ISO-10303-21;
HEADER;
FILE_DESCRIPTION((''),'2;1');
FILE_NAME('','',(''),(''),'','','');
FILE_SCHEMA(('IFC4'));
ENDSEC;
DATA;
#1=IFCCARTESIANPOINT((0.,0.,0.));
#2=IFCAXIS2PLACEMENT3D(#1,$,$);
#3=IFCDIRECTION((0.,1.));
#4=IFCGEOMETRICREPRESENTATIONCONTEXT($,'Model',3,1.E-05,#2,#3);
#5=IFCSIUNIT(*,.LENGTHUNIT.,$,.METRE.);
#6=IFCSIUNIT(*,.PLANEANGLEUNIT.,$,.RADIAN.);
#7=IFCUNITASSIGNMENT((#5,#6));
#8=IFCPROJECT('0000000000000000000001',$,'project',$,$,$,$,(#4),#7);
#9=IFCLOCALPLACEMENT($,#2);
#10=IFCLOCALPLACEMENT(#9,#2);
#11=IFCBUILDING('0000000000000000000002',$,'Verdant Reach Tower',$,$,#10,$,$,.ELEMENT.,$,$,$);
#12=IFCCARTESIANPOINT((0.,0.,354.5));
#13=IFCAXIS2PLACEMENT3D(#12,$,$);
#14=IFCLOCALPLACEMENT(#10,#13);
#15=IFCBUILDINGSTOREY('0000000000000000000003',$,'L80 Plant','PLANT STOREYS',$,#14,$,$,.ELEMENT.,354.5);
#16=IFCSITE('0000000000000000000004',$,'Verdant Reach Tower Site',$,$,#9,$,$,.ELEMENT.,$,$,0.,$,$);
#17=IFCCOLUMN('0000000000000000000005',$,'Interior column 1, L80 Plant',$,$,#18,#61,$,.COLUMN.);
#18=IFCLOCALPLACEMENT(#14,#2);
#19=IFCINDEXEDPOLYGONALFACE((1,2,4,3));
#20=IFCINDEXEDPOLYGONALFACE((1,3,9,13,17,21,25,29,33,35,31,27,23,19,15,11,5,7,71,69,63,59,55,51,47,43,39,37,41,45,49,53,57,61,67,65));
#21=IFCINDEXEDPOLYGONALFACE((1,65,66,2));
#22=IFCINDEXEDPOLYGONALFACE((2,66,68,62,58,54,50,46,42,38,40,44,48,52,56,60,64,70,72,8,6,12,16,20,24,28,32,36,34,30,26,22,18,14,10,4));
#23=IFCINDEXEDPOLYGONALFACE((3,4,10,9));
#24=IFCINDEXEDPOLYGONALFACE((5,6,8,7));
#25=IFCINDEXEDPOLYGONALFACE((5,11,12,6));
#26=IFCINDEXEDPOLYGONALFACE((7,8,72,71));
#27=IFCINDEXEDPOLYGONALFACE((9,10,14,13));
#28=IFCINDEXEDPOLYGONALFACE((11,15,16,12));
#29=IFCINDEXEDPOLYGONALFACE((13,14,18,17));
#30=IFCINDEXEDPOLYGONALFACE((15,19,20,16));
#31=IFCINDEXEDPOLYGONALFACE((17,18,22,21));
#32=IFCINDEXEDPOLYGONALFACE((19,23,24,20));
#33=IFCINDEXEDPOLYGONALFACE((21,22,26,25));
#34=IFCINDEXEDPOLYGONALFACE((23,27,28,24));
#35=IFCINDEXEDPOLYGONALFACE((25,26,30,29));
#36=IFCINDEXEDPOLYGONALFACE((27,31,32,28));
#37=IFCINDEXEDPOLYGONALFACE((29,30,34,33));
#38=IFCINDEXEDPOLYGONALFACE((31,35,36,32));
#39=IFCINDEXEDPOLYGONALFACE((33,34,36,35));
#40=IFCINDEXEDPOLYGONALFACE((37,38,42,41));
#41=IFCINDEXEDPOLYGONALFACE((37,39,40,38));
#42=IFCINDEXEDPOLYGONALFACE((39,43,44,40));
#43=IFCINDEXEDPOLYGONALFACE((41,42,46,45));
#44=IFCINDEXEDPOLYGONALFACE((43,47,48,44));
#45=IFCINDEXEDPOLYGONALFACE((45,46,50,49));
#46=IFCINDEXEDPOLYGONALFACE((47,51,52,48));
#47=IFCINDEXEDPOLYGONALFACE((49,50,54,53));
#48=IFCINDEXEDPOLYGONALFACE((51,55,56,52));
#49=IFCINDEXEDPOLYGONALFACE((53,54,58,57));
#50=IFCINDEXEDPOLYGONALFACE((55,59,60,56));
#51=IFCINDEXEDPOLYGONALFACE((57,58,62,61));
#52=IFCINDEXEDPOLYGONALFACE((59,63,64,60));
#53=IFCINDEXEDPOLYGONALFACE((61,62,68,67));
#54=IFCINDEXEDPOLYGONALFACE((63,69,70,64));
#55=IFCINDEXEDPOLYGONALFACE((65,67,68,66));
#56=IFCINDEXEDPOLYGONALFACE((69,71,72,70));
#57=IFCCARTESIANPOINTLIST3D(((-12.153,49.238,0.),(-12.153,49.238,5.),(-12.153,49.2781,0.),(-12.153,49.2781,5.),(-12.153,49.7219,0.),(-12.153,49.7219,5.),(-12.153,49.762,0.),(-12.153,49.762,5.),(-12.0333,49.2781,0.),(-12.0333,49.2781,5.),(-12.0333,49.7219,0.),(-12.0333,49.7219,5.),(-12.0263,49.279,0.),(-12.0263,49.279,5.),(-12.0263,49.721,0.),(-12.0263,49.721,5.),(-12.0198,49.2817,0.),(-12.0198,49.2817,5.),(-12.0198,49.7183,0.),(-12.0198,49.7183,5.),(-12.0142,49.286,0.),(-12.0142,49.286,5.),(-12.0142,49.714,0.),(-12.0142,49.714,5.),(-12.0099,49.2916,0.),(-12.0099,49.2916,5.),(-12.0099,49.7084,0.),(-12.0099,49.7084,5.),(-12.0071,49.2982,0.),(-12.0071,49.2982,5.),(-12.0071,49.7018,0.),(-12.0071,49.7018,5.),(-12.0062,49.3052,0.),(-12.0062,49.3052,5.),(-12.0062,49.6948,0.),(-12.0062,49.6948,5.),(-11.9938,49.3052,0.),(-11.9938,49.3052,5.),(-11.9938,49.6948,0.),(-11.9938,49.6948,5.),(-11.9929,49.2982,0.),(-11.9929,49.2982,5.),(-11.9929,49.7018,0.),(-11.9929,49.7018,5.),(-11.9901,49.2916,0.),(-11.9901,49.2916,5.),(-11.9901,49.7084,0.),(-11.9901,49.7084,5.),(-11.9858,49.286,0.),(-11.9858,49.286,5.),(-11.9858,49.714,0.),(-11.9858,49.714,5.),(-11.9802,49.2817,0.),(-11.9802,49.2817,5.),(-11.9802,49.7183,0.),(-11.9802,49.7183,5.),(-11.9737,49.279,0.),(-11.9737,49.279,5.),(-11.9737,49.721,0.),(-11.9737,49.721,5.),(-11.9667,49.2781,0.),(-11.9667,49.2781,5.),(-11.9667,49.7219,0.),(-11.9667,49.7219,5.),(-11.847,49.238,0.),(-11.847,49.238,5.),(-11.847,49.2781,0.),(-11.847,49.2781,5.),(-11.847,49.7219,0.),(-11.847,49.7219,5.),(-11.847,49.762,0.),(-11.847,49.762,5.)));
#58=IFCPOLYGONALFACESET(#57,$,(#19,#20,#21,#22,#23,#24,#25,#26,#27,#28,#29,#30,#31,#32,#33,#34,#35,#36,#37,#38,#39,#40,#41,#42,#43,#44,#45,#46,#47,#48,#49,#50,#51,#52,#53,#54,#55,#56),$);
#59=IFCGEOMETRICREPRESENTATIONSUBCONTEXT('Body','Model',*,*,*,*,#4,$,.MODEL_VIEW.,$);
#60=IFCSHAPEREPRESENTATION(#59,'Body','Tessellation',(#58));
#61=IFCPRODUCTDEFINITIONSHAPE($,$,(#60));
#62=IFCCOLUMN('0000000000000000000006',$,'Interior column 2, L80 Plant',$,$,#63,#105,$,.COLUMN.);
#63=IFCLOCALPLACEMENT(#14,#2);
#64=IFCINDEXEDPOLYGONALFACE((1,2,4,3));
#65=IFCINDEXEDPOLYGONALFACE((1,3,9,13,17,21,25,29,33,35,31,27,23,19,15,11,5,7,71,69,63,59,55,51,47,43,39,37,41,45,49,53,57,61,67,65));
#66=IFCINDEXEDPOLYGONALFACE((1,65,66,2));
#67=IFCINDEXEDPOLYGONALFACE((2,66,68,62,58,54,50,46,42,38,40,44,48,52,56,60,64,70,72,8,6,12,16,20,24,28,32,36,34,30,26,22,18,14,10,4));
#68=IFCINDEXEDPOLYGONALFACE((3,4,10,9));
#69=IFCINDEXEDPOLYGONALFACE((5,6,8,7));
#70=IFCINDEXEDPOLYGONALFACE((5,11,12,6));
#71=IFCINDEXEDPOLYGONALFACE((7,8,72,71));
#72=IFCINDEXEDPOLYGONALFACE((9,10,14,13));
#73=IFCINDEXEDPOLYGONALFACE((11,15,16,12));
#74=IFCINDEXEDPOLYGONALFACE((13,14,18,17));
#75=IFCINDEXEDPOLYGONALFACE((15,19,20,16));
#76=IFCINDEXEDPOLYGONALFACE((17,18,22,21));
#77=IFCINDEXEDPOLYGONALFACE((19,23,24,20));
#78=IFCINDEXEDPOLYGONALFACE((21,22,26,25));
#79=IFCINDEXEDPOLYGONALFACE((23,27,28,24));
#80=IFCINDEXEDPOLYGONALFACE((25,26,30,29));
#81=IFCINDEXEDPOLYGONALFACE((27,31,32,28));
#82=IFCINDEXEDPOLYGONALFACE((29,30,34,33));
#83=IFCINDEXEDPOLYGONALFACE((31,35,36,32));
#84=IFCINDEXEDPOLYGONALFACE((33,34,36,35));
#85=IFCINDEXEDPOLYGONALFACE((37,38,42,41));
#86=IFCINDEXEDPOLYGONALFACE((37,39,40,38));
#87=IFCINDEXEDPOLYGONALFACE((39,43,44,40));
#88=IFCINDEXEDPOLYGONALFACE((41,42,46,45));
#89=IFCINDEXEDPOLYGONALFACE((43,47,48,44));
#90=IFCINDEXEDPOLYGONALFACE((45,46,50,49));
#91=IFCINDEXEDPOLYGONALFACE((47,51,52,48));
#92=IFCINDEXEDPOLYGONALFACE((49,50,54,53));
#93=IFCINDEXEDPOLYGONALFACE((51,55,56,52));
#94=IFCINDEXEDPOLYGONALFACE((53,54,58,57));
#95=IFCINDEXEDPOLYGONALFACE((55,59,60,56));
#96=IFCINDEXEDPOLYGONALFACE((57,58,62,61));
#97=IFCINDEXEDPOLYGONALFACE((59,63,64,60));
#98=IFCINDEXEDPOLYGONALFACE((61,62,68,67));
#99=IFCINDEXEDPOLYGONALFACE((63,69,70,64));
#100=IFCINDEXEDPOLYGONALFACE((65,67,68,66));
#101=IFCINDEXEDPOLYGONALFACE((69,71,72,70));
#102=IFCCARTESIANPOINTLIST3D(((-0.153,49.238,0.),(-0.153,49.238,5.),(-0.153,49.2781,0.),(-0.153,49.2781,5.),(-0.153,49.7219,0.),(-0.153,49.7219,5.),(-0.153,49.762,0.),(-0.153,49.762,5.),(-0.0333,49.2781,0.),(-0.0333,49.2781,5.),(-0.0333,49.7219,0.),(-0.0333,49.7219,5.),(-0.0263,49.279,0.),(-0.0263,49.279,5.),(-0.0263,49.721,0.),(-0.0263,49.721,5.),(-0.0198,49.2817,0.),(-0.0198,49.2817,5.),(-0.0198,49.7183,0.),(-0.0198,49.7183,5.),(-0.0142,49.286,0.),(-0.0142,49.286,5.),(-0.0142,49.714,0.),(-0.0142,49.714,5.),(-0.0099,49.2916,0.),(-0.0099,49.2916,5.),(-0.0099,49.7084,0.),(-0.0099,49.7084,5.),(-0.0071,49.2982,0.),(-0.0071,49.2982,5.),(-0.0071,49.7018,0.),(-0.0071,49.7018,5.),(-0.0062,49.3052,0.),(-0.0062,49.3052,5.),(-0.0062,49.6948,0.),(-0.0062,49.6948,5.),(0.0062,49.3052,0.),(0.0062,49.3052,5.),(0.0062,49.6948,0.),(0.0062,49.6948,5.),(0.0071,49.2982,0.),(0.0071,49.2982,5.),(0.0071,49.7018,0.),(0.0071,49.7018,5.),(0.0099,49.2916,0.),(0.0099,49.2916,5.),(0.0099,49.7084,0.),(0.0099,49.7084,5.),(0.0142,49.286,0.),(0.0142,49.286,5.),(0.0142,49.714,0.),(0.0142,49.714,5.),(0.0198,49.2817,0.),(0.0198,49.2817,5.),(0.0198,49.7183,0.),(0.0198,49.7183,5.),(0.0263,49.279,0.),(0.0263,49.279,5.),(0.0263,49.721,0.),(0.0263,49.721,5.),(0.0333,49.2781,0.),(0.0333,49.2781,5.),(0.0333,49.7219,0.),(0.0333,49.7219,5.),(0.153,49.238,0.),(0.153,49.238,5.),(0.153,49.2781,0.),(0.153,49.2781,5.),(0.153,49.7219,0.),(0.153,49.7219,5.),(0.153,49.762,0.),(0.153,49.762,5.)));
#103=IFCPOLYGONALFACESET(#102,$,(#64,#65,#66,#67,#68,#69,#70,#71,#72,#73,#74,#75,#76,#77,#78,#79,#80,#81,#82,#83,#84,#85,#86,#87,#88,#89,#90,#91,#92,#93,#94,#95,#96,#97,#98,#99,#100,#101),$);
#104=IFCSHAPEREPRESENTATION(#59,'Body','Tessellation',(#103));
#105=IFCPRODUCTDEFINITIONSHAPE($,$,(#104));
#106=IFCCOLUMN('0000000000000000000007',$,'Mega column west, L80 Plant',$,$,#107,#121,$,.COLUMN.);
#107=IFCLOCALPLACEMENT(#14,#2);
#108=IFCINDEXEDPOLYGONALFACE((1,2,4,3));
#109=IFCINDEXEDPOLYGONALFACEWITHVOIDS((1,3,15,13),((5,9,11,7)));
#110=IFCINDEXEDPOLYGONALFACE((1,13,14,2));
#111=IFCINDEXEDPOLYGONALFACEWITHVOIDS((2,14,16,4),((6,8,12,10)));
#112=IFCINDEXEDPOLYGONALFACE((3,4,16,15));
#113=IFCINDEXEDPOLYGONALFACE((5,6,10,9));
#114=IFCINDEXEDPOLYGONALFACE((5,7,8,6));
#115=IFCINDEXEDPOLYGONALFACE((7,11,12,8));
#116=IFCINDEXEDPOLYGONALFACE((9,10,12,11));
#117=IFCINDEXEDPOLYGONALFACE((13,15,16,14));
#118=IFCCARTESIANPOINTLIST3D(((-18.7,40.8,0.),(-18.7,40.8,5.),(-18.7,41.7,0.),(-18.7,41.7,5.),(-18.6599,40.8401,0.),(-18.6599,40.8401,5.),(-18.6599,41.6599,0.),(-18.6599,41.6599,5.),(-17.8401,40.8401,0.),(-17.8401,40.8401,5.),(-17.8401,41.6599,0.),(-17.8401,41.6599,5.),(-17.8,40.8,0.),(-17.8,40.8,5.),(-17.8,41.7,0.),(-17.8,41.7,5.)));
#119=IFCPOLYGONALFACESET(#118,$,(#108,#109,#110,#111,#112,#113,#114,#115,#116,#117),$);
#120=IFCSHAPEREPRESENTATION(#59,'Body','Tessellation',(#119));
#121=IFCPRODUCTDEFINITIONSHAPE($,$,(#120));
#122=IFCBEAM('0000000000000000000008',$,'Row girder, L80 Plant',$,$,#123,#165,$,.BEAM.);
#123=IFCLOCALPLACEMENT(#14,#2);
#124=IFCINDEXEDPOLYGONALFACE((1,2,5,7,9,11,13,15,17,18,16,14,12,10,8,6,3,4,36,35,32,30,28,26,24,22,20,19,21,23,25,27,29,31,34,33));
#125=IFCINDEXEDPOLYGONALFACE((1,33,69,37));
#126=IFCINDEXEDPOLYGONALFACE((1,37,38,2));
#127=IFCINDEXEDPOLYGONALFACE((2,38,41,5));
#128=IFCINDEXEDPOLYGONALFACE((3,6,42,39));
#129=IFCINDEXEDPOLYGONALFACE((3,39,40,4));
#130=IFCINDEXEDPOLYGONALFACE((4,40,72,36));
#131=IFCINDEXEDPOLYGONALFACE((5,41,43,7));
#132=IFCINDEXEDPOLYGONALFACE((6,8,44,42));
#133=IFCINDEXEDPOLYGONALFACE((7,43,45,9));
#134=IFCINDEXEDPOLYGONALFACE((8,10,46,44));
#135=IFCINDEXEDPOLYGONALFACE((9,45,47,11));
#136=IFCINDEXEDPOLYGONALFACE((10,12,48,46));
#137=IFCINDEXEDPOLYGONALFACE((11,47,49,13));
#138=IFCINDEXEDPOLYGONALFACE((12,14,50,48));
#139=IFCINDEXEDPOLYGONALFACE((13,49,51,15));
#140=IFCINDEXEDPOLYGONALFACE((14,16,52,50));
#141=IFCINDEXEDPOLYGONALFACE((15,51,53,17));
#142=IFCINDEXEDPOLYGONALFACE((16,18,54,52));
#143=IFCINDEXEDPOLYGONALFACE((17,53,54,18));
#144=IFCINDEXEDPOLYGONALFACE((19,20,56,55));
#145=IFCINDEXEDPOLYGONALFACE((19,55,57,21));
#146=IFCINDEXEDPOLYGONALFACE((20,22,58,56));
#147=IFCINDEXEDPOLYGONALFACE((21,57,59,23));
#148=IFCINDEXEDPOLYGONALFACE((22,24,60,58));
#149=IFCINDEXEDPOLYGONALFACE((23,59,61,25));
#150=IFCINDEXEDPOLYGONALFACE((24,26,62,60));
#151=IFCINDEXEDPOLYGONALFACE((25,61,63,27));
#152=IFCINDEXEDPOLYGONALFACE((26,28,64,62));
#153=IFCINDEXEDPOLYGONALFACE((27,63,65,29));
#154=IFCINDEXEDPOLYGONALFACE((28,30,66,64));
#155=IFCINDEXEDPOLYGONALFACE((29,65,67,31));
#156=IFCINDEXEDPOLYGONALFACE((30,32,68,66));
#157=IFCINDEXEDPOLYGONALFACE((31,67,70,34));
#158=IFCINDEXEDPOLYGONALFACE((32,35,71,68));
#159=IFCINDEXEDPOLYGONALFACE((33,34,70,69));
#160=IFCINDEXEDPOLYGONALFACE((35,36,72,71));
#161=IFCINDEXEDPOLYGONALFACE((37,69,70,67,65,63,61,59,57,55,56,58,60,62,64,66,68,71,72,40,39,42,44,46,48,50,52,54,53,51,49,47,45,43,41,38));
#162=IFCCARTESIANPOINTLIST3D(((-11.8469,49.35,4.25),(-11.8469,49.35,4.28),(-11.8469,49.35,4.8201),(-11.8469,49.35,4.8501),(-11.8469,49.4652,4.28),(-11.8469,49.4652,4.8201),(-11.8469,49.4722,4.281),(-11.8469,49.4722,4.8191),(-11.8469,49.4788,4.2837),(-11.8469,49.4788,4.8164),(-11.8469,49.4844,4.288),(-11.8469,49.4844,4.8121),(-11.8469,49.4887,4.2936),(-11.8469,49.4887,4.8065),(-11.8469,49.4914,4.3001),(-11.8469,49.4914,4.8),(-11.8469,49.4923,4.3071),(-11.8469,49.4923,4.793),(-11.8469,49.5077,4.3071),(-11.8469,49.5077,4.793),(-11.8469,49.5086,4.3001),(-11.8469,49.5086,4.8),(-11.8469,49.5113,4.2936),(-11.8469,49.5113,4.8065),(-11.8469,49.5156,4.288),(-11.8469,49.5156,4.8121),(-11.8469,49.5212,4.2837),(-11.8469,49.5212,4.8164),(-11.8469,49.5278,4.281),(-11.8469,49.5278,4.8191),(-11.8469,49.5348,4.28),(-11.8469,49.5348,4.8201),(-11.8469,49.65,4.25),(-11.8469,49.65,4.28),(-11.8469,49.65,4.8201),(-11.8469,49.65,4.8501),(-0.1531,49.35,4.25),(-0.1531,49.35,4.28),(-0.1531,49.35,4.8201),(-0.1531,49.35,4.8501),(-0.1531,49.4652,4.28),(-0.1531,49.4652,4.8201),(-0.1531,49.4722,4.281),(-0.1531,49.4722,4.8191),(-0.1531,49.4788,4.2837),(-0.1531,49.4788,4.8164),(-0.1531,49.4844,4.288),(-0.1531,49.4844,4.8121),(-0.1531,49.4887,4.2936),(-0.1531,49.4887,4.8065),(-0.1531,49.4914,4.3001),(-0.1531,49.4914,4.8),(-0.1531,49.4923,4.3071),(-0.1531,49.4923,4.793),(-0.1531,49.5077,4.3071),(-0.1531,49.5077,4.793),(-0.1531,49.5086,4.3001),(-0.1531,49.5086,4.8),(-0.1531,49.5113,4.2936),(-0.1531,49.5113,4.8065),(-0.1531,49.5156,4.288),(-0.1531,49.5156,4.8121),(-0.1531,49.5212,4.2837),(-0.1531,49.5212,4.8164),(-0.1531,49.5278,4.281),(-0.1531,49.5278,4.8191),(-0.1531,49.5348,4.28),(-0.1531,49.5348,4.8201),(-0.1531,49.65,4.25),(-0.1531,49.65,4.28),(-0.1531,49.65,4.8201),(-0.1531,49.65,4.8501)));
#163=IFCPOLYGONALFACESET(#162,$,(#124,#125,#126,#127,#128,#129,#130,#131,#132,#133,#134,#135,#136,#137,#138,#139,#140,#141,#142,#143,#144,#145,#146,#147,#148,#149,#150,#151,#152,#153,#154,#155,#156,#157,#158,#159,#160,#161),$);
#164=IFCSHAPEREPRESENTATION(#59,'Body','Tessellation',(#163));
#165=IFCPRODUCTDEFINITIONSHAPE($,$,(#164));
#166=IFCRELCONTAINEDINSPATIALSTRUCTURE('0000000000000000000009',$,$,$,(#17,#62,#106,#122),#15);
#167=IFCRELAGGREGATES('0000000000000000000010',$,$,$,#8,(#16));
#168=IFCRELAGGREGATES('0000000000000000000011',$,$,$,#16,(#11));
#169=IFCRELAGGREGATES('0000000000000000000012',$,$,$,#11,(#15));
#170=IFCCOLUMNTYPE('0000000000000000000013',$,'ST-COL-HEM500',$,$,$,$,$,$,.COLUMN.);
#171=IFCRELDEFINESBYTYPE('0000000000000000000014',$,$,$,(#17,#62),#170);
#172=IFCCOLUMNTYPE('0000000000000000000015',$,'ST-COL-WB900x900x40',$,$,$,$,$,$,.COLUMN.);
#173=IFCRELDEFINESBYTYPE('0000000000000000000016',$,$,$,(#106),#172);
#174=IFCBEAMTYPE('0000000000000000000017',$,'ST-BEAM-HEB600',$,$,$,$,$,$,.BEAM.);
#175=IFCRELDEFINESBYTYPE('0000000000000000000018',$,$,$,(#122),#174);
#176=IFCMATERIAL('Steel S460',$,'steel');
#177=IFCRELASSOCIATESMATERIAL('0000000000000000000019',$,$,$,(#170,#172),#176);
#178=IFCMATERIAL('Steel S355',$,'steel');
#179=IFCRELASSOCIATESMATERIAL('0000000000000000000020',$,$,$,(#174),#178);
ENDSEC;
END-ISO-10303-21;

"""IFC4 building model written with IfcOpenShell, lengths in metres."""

from ifc_helpers import new_model, si_unit, direction, frame, origin, origin_2d, place, context, subcontext, project, spatial, hollow_rectangle, i_section, extrude, material, material_profile, profile_set, type_object, element, save


model = new_model("IFC4")

# Units and contexts
model_context = context("Model", 3, precision=1e-05, world=origin(), true_north=direction((0.0, 1.0)))
body_context = subcontext(model_context, "Body", "Model", "MODEL_VIEW")
ifc_project = project(units=[si_unit("LENGTHUNIT", "METRE"), si_unit("PLANEANGLEUNIT", "RADIAN")], contexts=[model_context])

# Site, building, storey
site_placement = place(None, origin())
site = spatial("IfcSite", under=ifc_project, at=site_placement, Name="Verdant Reach Tower Site", CompositionType="ELEMENT", RefElevation=0.0)
building_placement = place(site_placement, origin())
building = spatial("IfcBuilding", under=site, at=building_placement, Name="Verdant Reach Tower", CompositionType="ELEMENT")
storey_placement = place(building_placement, frame((0.0, 0.0, 354.5)))
storey = spatial("IfcBuildingStorey", under=building, at=storey_placement, Name="L80 Plant", Description="PLANT STOREYS", CompositionType="ELEMENT", Elevation=354.5)

# Columns
ifc_material_1 = material(Name="Steel S460", Category="steel")
ifc_material_profile_1 = material_profile(ifc_material_1, i_section(OverallWidth=0.3059, OverallDepth=0.5239, WebThickness=0.0125, FlangeThickness=0.04, FilletRadius=0.0271, at=origin_2d()), Name="HEM 500")
ifc_profile_set_1 = profile_set([ifc_material_profile_1], Name="Steel S460")
column_type_1 = type_object("IfcColumnType", Name="ST-COL-HEM500", PredefinedType="COLUMN", material=ifc_profile_set_1)
for number, where, z_axis, x_axis, name in (
    (1, (-12.0, 49.5, 0.0), (0.0, 0.0, 1.0), (1.0, 0.0, 0.0), "Interior column 1, L80 Plant"),
    (2, (0.0, 49.5, 0.0), (0.0, 0.0, 1.0), (1.0, 0.0, 0.0), "Interior column 2, L80 Plant"),
):
    element("IfcColumn", number, at=place(storey_placement, frame(where, z_axis=z_axis, x_axis=x_axis)), inside=storey, type_object=column_type_1, Name=name, PredefinedType="COLUMN", context=body_context, shape_type="SweptSolid", body=[
        extrude(i_section(OverallWidth=0.3059, OverallDepth=0.5239, WebThickness=0.0125, FlangeThickness=0.04, FilletRadius=0.0271, at=origin_2d()), origin(), (0.0, 0.0, 1.0), 5.0),
    ])
ifc_material_profile_2 = material_profile(ifc_material_1, hollow_rectangle(XDim=0.8999, YDim=0.8999, WallThickness=0.04, at=origin_2d()), Name="WB 900x900x40")
ifc_profile_set_2 = profile_set([ifc_material_profile_2], Name="Steel S460")
column_type_2 = type_object("IfcColumnType", Name="ST-COL-WB900x900x40", PredefinedType="COLUMN", material=ifc_profile_set_2)
column_placement = place(storey_placement, frame((-18.25, 41.25, 0.0), z_axis=(0.0, 0.0, 1.0), x_axis=(1.0, 0.0, 0.0)))
element("IfcColumn", 3, at=column_placement, inside=storey, type_object=column_type_2, Name="Mega column west, L80 Plant", PredefinedType="COLUMN", context=body_context, shape_type="SweptSolid", body=[
    extrude(hollow_rectangle(XDim=0.8999, YDim=0.8999, WallThickness=0.04, at=origin_2d()), origin(), (0.0, 0.0, 1.0), 5.0),
])

# Beam
ifc_material_2 = material(Name="Steel S355", Category="steel")
ifc_material_profile_3 = material_profile(ifc_material_2, i_section(OverallWidth=0.3, OverallDepth=0.6001, WebThickness=0.0154, FlangeThickness=0.03, FilletRadius=0.0271, at=origin_2d()), Name="HEB 600")
ifc_profile_set_3 = profile_set([ifc_material_profile_3], Name="Steel S355")
beam_type_1 = type_object("IfcBeamType", Name="ST-BEAM-HEB600", PredefinedType="BEAM", material=ifc_profile_set_3)
beam_1_placement = place(storey_placement, frame((-11.8469, 49.5, 4.55), z_axis=(1.0, 0.0, 0.0), x_axis=(0.0, 1.0, 0.0)))
element("IfcBeam", 4, at=beam_1_placement, inside=storey, type_object=beam_type_1, Name="Row girder, L80 Plant", PredefinedType="BEAM", context=body_context, shape_type="SweptSolid", body=[
    extrude(i_section(OverallWidth=0.3, OverallDepth=0.6001, WebThickness=0.0154, FlangeThickness=0.03, FilletRadius=0.0271, at=origin_2d()), origin(), (0.0, 0.0, 1.0), 11.6938),
])

save(model, "model.ifc")
